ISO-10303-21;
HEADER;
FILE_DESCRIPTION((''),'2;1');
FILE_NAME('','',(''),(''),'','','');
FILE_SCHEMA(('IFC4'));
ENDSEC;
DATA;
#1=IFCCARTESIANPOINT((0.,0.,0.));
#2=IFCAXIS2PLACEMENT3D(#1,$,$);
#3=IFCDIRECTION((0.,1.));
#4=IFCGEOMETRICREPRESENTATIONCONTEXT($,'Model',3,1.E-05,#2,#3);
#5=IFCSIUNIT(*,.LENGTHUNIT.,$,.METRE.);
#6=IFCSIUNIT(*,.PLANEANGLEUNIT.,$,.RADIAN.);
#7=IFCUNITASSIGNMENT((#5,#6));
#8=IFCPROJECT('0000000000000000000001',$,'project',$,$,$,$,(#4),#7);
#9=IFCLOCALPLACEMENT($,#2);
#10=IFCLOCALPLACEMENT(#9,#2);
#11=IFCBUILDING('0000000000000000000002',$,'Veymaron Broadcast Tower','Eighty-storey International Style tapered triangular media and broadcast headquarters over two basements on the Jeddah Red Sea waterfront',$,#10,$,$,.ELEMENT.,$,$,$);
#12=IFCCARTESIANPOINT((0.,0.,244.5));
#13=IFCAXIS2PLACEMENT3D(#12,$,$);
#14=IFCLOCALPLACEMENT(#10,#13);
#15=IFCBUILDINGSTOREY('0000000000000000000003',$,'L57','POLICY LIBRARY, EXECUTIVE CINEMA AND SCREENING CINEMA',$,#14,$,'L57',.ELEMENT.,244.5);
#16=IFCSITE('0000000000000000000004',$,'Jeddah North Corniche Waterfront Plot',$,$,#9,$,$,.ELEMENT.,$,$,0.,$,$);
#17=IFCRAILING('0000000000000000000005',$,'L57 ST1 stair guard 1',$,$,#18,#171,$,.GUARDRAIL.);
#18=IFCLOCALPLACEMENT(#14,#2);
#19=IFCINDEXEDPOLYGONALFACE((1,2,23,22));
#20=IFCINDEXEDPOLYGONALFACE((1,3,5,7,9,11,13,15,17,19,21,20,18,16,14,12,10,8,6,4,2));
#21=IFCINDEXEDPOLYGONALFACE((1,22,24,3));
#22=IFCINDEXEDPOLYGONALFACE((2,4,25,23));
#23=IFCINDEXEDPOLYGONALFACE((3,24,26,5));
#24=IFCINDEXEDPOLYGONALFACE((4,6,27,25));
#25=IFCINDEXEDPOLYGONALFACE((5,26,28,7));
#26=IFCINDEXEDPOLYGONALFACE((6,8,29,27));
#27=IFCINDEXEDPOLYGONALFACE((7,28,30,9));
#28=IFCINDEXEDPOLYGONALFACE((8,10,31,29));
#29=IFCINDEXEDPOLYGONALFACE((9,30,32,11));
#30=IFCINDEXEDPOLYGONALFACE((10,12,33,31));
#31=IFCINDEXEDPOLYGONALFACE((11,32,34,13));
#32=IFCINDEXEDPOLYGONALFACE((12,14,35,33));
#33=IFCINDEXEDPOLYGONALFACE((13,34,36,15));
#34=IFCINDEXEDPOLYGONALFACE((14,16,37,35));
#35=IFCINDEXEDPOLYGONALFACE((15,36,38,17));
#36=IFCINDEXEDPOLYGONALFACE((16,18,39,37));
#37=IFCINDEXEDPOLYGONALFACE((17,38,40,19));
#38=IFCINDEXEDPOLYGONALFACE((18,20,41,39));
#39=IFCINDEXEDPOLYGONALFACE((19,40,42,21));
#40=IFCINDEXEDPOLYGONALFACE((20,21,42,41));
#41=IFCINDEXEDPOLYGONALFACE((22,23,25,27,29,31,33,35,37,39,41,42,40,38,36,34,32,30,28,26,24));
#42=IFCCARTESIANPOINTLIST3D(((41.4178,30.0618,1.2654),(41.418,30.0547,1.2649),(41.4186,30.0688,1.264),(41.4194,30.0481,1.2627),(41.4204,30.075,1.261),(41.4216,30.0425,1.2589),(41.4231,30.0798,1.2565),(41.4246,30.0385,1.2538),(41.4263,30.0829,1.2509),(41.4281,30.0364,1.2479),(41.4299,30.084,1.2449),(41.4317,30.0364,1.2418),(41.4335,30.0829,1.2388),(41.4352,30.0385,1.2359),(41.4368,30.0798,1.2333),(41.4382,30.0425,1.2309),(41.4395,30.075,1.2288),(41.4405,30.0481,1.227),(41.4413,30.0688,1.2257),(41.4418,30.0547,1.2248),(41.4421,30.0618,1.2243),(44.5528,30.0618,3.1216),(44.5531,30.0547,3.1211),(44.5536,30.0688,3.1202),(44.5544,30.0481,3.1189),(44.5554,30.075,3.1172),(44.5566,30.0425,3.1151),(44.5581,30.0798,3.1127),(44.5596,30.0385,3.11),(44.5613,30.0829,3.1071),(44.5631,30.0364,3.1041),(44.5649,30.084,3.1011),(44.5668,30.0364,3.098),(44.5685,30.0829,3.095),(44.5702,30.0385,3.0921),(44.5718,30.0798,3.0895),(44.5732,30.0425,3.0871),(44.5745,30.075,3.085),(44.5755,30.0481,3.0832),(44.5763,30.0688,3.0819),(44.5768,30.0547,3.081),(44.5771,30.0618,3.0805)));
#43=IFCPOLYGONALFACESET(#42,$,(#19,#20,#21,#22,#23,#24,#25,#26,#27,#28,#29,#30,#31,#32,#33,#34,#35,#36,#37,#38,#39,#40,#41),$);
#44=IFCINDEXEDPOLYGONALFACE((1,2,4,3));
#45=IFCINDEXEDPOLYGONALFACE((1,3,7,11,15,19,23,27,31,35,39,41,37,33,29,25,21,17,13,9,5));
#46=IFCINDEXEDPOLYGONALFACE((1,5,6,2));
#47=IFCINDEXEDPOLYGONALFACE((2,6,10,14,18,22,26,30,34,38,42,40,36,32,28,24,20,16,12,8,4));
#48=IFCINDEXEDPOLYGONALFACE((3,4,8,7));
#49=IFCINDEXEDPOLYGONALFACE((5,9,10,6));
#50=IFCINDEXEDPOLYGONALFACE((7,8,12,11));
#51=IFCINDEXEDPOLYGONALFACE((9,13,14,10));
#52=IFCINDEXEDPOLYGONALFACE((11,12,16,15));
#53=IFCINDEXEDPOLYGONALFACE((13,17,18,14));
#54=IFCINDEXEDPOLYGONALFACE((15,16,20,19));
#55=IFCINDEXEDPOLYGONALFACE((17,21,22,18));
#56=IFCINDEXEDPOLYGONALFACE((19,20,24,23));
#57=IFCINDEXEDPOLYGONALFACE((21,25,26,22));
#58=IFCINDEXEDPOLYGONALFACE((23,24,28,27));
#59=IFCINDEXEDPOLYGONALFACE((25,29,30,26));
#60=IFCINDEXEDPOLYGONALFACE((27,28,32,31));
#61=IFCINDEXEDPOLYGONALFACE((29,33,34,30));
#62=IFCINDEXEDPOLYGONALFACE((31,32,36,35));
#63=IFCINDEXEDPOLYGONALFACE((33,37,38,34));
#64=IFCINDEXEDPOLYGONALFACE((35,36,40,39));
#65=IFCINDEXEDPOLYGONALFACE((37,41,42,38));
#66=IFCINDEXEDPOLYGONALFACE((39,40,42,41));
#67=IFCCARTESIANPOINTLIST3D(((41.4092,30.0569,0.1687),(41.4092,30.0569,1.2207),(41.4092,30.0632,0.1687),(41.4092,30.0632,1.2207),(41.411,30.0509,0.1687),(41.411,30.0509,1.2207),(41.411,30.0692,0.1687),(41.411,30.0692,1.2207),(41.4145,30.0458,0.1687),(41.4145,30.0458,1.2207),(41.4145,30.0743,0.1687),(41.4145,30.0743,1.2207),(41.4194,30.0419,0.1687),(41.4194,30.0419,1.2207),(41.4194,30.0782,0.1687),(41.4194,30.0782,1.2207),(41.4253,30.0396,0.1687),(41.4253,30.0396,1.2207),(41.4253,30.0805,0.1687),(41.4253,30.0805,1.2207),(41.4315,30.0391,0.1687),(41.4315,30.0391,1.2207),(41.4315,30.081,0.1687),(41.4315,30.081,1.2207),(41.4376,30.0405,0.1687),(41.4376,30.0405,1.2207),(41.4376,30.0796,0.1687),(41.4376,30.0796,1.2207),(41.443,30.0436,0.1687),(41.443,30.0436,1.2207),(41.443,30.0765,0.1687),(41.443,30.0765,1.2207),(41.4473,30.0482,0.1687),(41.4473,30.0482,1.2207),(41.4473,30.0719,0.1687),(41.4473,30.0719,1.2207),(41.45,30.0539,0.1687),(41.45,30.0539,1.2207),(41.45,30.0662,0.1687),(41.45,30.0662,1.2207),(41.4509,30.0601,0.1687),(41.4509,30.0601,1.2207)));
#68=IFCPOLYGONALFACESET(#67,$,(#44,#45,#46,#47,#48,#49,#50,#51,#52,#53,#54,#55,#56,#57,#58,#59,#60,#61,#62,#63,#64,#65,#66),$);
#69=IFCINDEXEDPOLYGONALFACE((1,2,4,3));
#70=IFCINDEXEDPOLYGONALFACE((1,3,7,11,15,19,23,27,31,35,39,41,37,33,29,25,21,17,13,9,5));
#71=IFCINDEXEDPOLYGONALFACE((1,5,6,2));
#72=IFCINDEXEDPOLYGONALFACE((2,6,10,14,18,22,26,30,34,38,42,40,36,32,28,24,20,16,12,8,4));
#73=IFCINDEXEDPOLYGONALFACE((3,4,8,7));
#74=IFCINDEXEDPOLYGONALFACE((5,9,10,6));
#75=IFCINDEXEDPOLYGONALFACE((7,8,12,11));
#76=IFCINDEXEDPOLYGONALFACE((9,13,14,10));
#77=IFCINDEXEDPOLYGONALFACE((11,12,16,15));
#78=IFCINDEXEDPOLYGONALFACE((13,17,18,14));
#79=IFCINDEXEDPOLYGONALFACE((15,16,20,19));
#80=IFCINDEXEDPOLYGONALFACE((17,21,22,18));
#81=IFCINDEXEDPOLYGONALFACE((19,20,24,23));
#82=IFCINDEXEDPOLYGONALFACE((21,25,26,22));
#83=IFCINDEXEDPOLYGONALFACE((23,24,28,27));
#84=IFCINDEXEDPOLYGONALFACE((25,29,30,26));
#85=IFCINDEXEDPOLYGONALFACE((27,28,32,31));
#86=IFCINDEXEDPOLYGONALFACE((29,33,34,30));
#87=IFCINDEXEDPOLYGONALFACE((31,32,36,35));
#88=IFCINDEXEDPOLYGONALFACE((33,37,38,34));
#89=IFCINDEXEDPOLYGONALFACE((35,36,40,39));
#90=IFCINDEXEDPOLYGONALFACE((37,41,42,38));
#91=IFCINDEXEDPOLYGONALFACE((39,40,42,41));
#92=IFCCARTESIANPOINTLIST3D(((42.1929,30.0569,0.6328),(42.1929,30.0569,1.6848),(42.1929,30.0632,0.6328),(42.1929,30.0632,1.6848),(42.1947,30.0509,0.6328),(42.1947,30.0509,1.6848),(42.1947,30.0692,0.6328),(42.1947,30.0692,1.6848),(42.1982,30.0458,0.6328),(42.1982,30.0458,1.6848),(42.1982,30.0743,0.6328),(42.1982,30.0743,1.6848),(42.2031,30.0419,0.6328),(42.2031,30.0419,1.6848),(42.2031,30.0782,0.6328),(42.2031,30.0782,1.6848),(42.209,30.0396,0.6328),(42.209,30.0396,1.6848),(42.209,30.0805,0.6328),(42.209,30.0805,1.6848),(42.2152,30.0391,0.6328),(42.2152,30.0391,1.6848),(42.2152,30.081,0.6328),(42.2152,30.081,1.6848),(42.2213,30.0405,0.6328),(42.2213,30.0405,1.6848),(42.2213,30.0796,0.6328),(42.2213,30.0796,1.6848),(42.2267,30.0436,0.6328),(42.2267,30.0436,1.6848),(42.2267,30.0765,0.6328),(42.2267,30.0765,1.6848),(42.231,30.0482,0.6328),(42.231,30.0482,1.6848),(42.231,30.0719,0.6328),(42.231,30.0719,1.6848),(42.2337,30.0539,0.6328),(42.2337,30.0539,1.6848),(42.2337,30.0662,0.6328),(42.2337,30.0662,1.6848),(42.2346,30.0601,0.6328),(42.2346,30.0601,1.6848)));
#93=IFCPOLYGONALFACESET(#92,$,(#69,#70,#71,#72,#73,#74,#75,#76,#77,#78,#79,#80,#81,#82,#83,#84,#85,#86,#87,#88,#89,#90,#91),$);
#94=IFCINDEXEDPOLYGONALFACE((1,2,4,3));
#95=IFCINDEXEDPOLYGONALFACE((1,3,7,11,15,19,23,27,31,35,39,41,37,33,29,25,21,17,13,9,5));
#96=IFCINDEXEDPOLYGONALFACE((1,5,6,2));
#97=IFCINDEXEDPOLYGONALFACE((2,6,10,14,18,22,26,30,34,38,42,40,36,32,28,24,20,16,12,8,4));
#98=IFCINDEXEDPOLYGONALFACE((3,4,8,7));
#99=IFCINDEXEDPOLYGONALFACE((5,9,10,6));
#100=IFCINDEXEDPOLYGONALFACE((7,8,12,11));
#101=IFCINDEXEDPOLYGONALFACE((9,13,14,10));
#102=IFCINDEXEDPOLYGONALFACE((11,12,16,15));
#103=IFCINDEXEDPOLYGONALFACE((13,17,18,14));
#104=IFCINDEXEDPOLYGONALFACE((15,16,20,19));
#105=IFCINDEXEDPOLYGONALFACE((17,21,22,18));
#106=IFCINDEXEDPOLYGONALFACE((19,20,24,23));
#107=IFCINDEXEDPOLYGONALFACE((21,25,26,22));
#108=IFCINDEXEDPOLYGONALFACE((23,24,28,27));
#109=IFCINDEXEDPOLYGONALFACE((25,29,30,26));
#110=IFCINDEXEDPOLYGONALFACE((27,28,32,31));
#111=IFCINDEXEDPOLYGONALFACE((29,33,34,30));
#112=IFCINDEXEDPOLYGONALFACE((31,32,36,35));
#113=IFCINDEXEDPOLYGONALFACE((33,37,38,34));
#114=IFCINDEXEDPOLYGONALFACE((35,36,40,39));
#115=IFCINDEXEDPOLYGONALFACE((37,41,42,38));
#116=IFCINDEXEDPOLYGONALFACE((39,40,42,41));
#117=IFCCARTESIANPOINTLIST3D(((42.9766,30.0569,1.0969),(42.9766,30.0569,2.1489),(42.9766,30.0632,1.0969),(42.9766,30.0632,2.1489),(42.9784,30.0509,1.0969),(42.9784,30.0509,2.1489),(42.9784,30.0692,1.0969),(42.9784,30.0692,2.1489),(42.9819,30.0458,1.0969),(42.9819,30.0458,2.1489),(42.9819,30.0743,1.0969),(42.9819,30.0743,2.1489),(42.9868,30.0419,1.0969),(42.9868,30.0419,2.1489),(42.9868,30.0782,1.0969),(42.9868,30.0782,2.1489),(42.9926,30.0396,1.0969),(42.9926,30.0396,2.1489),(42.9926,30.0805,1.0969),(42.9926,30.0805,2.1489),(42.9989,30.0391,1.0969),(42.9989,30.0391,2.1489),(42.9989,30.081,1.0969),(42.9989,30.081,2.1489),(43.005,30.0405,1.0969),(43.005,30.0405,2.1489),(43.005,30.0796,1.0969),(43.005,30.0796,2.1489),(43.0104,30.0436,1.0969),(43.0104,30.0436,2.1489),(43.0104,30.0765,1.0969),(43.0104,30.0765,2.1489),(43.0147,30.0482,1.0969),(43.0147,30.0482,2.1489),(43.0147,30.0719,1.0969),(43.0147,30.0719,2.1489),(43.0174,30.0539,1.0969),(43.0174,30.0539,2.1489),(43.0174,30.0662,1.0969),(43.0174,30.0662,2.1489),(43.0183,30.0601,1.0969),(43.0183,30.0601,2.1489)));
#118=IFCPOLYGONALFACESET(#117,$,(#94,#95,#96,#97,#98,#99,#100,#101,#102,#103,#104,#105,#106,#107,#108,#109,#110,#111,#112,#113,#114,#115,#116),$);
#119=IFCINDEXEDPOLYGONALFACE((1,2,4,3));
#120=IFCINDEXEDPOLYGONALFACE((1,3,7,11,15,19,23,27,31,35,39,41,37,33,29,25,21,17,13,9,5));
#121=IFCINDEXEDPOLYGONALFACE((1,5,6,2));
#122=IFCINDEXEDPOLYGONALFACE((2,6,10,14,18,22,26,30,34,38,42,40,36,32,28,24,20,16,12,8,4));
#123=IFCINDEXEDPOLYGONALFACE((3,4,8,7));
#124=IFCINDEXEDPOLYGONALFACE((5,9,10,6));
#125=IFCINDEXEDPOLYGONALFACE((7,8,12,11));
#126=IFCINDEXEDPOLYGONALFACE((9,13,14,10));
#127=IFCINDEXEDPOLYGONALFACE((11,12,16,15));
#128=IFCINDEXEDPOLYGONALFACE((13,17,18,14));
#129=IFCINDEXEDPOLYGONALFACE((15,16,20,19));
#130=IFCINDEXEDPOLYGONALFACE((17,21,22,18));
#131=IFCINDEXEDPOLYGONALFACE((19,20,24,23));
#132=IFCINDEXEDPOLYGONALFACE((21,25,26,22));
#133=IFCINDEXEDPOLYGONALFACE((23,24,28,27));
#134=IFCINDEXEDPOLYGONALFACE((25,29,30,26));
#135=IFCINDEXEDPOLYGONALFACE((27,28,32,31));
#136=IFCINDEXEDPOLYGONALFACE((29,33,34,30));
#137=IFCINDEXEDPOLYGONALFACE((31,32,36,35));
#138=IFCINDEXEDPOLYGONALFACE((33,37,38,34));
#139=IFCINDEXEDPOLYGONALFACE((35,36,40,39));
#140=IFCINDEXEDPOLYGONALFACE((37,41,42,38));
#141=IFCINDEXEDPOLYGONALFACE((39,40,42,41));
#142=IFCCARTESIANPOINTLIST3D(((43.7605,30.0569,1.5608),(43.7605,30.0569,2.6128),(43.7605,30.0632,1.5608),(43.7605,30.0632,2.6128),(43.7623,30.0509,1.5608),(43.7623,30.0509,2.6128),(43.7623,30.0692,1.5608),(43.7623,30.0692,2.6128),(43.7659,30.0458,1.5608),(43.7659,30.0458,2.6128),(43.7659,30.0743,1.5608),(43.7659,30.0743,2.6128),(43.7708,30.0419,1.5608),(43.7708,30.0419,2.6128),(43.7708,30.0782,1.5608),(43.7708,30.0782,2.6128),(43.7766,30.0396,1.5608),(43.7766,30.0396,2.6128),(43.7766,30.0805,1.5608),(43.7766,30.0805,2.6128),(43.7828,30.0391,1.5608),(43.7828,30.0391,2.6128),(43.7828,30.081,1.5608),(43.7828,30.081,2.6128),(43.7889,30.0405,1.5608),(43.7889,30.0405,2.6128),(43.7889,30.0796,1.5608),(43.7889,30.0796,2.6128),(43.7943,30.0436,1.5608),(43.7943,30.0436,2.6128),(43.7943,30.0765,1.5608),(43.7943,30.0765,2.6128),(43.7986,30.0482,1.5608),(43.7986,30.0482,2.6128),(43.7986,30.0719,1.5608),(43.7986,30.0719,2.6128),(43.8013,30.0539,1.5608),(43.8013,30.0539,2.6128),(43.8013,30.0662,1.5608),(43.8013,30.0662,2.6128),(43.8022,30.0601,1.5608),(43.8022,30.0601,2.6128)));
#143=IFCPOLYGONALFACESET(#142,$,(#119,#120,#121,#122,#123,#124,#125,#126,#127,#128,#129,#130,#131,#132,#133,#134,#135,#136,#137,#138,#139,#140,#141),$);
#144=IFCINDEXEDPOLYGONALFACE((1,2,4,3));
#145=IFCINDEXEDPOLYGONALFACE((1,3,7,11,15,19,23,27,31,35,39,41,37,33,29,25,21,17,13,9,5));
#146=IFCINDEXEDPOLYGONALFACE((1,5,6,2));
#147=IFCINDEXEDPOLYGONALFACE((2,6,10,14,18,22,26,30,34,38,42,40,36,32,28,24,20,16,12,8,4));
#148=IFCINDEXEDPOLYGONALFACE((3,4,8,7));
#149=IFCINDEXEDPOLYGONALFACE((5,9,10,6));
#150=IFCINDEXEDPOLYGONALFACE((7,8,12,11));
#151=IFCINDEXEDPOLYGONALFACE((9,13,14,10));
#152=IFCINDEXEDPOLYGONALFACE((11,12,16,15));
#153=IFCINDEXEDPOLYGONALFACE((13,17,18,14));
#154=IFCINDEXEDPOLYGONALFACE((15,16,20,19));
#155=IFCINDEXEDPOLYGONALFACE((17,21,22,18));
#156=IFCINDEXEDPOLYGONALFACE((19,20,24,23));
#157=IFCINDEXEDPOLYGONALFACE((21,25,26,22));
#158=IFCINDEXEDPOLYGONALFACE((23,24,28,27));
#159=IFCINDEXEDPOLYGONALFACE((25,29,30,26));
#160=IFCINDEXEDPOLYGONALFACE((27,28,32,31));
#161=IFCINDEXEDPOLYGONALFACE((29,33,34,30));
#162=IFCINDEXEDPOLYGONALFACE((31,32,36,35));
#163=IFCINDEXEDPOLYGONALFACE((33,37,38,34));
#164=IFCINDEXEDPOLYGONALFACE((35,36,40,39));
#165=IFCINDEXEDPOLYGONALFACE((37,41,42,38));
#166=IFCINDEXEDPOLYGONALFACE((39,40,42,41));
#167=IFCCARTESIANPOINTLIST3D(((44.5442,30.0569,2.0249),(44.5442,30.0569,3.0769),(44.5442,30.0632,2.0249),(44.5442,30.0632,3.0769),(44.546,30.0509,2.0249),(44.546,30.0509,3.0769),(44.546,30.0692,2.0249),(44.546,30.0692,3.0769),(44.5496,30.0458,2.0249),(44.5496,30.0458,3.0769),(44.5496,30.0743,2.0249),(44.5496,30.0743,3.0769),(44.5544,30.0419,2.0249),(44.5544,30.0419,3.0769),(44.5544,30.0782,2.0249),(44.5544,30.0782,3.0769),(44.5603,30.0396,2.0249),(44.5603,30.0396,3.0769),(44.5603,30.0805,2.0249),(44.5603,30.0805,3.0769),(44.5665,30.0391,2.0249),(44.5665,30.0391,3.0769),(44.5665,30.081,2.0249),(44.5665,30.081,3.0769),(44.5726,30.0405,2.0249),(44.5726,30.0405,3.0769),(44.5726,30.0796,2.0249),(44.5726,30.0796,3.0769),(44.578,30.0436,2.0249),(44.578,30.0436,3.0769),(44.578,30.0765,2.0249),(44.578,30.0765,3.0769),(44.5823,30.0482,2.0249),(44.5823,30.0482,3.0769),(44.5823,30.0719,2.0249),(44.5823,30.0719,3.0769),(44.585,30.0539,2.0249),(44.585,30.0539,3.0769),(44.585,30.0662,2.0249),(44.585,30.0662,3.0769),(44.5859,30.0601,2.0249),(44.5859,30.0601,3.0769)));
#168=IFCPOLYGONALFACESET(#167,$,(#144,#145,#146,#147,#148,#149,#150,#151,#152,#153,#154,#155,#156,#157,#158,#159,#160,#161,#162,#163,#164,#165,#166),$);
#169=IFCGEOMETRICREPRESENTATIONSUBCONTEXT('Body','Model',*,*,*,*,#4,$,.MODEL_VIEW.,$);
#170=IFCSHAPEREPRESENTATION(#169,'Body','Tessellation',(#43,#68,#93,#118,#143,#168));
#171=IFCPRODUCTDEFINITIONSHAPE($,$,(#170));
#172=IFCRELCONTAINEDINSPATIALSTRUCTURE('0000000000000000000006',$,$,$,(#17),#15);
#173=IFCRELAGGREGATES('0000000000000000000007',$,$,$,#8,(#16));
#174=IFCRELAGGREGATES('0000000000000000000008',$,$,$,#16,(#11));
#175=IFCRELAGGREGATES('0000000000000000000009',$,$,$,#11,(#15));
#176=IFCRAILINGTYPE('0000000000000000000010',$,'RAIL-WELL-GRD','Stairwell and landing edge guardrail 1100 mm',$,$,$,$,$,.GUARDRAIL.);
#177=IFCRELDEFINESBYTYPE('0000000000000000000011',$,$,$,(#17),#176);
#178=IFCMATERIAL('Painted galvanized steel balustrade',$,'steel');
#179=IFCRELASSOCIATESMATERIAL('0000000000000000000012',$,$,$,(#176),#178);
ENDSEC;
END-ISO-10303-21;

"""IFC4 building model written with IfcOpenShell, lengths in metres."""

from ifc_helpers import new_model, si_unit, direction, frame, origin, origin_2d, place, context, subcontext, project, spatial, circle, extrude, material, type_object, element, save


model = new_model("IFC4")

# Units and contexts
model_context = context("Model", 3, precision=1e-05, world=origin(), true_north=direction((0.0, 1.0)))
body_context = subcontext(model_context, "Body", "Model", "MODEL_VIEW")
ifc_project = project(units=[si_unit("LENGTHUNIT", "METRE"), si_unit("PLANEANGLEUNIT", "RADIAN")], contexts=[model_context])

# Site, building, storey
site_placement = place(None, origin())
site = spatial("IfcSite", under=ifc_project, at=site_placement, Name="Jeddah North Corniche Waterfront Plot", CompositionType="ELEMENT", RefElevation=0.0)
building_placement = place(site_placement, origin())
building = spatial("IfcBuilding", under=site, at=building_placement, Name="Veymaron Broadcast Tower", Description="Eighty-storey International Style tapered triangular media and broadcast headquarters over two basements on the Jeddah Red Sea waterfront", CompositionType="ELEMENT")
storey_placement = place(building_placement, frame((0.0, 0.0, 244.5)))
storey = spatial("IfcBuildingStorey", under=building, at=storey_placement, Name="L57", Description="POLICY LIBRARY, EXECUTIVE CINEMA AND SCREENING CINEMA", LongName="L57", CompositionType="ELEMENT", Elevation=244.5)

# Railing
ifc_material_1 = material(Name="Painted galvanized steel balustrade", Category="steel")
railing_type_1 = type_object("IfcRailingType", Name="RAIL-WELL-GRD", Description="Stairwell and landing edge guardrail 1100 mm", PredefinedType="GUARDRAIL", material=ifc_material_1)
railing_1_placement = place(storey_placement, frame((41.4299, 30.0601, 0.1687)))
element("IfcRailing", 1, at=railing_1_placement, inside=storey, type_object=railing_type_1, Name="L57 ST1 stair guard 1", PredefinedType="GUARDRAIL", context=body_context, shape_type="SweptSolid", body=[
    extrude(circle(Radius=0.0239, at=origin_2d()), frame((0.0, 0.0, 1.0762), z_axis=(0.860482, 0.0, 0.509481), x_axis=(0.0, 1.0, 0.0)), (0.0, 0.0, 1.0), 3.6433),
    extrude(circle(Radius=0.021, at=origin_2d()), origin(), (0.0, 0.0, 1.0), 1.052),
    extrude(circle(Radius=0.021, at=origin_2d()), frame((0.7837, 0.0, 0.4641)), (0.0, 0.0, 1.0), 1.052),
    extrude(circle(Radius=0.021, at=origin_2d()), frame((1.5674, 0.0, 0.9282)), (0.0, 0.0, 1.0), 1.052),
    extrude(circle(Radius=0.021, at=origin_2d()), frame((2.3513, 0.0, 1.3921)), (0.0, 0.0, 1.0), 1.052),
    extrude(circle(Radius=0.021, at=origin_2d()), frame((3.135, 0.0, 1.8562)), (0.0, 0.0, 1.0), 1.052),
])

save(model, "model.ifc")
